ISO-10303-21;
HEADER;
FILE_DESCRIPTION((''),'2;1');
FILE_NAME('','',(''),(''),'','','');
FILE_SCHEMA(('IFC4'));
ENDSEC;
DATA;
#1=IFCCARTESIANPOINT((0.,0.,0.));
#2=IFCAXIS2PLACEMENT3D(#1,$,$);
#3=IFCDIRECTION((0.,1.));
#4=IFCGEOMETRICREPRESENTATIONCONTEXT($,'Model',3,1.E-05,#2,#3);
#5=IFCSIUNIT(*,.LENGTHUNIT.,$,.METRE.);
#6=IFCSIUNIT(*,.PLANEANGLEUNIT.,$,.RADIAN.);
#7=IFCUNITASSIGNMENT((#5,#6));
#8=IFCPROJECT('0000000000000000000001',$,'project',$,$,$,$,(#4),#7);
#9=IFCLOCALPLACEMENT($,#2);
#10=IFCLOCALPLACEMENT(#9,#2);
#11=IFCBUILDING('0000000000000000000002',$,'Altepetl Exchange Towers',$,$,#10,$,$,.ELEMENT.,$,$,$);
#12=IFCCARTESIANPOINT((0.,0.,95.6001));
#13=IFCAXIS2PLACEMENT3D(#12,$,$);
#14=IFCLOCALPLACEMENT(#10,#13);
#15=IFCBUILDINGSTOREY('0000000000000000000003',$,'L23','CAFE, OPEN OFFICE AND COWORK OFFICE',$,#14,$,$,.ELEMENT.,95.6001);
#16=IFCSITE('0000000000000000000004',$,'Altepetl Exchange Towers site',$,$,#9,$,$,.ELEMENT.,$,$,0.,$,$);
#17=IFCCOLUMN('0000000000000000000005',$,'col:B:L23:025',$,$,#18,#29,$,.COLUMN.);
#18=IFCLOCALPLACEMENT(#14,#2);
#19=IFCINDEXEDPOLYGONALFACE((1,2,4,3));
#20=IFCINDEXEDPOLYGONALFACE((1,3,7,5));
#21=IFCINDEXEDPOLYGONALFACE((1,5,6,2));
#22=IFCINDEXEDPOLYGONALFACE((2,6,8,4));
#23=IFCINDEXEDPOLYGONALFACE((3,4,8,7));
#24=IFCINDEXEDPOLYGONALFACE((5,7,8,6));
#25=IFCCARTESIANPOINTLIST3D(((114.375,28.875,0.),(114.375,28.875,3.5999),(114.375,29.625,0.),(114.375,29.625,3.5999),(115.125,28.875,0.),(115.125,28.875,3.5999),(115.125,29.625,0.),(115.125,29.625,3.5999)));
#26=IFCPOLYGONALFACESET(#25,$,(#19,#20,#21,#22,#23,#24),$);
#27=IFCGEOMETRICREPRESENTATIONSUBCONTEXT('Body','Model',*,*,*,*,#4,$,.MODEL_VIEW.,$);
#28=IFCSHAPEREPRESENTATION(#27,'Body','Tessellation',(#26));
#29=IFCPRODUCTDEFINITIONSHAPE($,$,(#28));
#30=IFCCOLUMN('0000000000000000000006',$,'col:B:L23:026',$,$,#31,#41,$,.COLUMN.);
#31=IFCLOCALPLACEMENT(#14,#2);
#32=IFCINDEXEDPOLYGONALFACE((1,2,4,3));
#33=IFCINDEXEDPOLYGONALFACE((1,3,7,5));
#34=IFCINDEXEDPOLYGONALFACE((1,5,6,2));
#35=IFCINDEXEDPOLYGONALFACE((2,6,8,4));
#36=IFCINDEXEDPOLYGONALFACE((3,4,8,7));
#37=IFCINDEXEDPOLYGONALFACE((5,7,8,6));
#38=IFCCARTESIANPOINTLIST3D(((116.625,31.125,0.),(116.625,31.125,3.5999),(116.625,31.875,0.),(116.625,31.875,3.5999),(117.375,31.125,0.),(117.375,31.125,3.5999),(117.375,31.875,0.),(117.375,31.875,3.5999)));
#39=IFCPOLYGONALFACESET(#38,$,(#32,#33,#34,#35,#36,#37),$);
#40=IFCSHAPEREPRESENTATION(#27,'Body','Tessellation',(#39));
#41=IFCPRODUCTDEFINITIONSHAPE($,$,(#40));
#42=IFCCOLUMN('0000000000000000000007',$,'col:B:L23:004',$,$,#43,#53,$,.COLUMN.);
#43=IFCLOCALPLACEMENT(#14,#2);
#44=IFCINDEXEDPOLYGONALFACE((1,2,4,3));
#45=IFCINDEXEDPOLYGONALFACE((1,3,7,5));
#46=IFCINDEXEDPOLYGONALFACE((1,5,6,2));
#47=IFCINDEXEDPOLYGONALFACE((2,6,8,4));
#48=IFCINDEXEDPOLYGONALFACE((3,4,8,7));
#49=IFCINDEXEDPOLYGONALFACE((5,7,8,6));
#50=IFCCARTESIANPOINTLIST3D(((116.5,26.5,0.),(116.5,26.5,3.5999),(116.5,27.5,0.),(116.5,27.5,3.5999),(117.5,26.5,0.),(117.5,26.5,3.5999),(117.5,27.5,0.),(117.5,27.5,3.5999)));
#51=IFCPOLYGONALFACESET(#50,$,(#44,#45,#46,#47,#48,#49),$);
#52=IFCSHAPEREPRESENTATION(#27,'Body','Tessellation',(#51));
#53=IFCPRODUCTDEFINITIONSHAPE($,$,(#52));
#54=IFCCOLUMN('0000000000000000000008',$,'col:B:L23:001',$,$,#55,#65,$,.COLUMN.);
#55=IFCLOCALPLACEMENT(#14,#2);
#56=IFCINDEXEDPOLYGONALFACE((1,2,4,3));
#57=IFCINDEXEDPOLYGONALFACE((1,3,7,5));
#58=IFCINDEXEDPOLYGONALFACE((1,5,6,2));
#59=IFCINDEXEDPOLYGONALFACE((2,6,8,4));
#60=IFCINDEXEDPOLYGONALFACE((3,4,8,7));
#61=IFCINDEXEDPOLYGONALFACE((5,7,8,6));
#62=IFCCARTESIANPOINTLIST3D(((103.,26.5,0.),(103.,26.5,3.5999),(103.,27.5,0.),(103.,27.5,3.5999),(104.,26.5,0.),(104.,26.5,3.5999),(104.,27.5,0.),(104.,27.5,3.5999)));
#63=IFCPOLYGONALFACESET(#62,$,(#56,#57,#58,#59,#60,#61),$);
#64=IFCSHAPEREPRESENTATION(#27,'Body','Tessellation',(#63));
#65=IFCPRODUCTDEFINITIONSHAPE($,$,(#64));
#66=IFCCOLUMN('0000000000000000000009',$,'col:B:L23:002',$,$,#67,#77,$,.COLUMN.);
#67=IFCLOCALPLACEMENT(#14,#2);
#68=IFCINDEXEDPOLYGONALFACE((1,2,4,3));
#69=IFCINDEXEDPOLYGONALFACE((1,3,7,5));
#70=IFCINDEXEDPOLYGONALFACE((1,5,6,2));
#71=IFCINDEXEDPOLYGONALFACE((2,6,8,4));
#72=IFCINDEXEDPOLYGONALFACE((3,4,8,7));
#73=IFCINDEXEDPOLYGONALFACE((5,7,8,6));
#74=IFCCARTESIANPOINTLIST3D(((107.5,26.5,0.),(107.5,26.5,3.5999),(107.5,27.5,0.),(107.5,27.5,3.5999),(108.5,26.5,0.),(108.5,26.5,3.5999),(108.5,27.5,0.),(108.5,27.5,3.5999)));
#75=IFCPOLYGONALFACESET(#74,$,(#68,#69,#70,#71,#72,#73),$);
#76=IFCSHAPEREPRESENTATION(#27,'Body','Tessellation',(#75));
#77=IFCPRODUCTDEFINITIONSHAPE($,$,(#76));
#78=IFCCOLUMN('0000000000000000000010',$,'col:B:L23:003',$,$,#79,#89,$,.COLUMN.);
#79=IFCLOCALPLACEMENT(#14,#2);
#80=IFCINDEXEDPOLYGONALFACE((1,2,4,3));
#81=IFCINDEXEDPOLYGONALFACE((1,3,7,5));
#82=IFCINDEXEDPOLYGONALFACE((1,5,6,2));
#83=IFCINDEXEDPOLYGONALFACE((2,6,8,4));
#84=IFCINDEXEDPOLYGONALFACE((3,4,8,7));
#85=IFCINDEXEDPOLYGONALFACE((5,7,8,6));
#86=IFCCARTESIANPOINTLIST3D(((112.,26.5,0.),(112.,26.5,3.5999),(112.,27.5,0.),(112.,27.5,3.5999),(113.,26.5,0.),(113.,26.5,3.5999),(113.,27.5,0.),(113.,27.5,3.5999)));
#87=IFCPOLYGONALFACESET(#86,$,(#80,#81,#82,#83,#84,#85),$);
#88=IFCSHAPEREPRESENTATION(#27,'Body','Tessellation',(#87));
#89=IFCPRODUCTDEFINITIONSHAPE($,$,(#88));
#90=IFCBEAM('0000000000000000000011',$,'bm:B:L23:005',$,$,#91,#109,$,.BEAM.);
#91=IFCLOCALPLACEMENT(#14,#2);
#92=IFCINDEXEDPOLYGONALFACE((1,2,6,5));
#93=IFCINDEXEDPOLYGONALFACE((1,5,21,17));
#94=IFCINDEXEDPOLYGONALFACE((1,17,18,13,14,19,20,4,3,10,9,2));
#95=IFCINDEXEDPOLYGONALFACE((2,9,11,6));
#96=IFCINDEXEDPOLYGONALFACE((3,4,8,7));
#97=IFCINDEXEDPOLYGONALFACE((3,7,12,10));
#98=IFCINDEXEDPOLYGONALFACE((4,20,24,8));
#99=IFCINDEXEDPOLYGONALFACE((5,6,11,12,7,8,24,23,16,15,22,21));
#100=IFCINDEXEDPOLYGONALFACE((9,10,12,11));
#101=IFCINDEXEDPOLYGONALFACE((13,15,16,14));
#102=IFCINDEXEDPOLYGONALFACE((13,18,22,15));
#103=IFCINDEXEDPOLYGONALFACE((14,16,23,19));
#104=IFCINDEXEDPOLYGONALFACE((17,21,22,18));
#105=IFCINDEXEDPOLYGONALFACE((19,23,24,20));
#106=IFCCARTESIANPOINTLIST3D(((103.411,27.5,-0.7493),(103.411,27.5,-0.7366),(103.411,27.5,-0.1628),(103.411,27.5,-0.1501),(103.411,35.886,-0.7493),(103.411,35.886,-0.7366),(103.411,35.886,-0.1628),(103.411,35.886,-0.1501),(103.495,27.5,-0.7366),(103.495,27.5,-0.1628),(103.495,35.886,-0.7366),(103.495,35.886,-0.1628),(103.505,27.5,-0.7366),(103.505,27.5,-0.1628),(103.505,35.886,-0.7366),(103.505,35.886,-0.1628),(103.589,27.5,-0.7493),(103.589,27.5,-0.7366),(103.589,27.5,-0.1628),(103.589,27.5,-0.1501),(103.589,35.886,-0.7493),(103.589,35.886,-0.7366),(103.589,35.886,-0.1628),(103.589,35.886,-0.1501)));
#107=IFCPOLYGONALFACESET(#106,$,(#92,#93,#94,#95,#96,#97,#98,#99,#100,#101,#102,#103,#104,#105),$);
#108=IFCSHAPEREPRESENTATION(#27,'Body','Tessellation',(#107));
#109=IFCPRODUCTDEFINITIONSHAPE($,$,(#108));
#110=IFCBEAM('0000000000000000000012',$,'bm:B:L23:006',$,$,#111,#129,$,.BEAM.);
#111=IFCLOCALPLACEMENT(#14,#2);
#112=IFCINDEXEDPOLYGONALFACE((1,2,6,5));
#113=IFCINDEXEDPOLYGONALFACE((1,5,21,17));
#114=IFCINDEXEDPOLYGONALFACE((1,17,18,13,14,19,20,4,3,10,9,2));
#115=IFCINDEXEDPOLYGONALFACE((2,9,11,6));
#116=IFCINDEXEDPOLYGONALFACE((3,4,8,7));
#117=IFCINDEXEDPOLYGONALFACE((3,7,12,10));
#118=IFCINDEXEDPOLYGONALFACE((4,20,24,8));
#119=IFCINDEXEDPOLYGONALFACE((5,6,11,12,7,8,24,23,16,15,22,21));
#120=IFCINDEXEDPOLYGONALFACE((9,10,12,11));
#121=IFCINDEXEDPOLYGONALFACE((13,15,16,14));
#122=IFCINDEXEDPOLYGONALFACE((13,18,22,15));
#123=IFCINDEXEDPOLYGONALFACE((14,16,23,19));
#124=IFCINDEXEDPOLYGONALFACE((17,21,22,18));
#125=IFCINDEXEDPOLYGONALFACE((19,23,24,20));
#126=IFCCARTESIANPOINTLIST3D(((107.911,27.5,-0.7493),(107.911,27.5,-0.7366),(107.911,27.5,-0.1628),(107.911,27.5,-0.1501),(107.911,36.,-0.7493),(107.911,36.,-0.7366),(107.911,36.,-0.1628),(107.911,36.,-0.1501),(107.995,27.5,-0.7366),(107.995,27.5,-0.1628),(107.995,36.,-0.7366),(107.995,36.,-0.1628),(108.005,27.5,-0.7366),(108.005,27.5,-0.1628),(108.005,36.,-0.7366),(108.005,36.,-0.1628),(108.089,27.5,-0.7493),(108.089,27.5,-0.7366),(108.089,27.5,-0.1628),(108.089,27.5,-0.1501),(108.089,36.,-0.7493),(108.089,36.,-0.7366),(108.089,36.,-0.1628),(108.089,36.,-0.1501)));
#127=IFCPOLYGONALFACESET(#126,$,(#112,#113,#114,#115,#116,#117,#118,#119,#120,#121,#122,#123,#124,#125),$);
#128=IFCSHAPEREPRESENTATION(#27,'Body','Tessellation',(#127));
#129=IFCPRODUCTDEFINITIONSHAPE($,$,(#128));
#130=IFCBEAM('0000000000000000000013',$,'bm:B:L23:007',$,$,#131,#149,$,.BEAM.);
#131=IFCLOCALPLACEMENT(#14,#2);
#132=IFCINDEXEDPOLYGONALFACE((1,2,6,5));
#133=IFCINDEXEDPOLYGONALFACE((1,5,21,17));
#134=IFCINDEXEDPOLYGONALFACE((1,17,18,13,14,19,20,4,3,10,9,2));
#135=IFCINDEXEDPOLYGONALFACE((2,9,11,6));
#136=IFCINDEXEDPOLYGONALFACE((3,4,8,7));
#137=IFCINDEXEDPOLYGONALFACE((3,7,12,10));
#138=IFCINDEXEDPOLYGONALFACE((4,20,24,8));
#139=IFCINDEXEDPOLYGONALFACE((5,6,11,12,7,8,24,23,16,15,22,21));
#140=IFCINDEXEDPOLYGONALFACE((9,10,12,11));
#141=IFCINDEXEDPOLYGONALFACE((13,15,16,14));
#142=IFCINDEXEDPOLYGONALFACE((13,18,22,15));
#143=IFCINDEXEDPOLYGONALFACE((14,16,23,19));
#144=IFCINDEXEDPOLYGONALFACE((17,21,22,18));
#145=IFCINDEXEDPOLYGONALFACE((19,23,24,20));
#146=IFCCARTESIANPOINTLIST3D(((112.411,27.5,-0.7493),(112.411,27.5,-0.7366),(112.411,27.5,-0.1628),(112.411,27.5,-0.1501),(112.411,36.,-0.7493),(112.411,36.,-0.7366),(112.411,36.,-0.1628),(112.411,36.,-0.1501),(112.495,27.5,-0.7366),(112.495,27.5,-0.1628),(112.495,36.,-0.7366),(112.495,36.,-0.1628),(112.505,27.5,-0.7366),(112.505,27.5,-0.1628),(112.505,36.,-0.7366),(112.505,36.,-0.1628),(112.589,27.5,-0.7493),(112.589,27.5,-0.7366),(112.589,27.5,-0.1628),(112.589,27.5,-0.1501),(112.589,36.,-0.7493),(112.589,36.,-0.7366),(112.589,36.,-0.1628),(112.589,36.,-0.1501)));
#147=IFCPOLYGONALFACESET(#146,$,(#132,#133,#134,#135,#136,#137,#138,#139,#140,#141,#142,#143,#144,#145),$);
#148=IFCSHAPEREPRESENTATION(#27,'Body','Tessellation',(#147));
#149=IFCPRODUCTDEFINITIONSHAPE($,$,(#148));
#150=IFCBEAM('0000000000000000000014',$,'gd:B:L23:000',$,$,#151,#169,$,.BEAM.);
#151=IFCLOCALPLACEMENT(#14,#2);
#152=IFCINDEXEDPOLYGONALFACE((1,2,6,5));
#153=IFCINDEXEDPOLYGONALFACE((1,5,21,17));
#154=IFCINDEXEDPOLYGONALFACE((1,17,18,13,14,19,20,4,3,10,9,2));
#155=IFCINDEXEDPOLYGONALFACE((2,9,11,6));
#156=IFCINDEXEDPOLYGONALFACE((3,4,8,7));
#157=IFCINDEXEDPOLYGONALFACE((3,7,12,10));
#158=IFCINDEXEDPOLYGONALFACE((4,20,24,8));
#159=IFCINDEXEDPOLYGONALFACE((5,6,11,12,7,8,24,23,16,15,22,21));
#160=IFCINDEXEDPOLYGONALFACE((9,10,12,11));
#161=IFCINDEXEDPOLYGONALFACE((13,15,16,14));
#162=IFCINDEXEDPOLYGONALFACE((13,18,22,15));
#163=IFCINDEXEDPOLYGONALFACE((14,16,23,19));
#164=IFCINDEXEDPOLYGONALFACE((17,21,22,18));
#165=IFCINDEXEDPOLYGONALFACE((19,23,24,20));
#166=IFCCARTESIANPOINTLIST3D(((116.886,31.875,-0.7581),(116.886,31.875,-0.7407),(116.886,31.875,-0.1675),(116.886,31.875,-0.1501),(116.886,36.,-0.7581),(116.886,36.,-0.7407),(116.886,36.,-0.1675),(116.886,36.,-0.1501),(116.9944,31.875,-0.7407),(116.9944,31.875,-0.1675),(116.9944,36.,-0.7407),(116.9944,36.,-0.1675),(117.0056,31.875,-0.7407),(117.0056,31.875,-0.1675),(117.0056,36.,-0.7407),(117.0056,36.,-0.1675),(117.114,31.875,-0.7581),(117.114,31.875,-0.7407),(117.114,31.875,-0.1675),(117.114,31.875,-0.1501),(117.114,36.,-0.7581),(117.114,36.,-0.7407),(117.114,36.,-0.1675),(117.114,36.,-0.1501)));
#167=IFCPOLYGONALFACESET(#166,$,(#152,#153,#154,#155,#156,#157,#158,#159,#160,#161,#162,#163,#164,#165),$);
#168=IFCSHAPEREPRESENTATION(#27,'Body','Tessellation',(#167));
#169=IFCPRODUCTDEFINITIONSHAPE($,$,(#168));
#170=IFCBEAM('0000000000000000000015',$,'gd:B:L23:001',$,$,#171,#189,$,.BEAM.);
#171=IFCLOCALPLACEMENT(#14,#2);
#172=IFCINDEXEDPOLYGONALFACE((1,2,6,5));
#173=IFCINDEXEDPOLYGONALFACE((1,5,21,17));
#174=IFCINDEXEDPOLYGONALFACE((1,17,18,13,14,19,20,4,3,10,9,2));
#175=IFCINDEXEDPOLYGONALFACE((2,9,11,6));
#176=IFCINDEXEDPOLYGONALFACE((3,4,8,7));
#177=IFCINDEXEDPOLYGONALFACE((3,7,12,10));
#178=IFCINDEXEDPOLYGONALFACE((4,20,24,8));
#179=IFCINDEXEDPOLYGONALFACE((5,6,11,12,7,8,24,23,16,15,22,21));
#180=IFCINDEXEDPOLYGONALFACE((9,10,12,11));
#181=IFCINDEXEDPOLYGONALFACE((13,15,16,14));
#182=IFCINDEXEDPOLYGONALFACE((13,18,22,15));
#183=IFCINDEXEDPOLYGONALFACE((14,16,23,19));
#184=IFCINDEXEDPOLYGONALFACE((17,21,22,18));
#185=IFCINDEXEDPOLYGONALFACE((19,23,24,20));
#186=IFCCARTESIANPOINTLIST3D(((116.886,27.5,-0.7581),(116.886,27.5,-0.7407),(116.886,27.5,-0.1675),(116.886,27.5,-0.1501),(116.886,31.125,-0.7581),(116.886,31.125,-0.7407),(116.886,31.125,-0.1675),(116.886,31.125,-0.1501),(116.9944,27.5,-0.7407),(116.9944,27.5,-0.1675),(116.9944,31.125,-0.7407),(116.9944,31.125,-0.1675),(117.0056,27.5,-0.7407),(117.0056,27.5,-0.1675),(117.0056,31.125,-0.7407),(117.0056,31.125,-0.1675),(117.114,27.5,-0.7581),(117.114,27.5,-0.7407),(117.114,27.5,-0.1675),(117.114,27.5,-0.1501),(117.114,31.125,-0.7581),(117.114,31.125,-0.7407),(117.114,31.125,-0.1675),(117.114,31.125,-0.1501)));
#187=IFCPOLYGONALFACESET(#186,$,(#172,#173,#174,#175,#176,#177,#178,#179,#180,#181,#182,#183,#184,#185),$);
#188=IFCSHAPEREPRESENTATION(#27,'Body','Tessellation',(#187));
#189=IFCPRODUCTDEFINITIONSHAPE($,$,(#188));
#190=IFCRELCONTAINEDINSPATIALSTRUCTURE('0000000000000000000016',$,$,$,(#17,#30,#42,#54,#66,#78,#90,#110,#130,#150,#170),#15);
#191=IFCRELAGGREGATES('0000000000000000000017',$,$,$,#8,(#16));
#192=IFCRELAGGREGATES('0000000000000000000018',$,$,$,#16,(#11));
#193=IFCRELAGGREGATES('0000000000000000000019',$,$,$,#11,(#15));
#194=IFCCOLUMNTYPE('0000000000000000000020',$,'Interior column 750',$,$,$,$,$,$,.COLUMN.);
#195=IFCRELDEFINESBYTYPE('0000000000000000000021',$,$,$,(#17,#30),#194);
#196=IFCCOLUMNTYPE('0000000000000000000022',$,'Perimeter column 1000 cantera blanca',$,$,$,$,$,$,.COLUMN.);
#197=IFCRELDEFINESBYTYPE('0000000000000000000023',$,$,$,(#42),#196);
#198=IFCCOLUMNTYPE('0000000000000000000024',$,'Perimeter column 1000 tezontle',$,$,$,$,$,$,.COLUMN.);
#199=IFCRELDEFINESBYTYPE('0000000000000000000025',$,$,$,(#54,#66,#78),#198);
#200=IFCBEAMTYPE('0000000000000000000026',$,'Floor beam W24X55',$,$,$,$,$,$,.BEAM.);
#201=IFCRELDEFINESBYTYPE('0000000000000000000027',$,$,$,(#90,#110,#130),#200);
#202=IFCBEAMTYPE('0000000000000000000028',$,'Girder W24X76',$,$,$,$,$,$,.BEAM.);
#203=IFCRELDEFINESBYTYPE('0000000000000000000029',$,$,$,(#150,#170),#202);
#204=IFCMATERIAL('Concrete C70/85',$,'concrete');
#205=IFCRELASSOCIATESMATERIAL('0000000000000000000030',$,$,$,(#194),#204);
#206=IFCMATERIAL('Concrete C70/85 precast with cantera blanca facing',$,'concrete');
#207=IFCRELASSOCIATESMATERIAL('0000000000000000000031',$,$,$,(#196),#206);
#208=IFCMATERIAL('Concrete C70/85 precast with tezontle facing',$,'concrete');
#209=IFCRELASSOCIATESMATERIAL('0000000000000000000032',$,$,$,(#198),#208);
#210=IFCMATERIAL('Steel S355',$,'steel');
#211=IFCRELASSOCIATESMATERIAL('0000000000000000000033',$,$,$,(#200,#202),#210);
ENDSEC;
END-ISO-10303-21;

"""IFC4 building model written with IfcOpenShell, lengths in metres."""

from ifc_helpers import new_model, si_unit, direction, frame, origin, origin_2d, place, context, subcontext, project, spatial, rectangle, i_section, extrude, material, material_profile, profile_set, type_object, element, save


model = new_model("IFC4")

# Units and contexts
model_context = context("Model", 3, precision=1e-05, world=origin(), true_north=direction((0.0, 1.0)))
body_context = subcontext(model_context, "Body", "Model", "MODEL_VIEW")
ifc_project = project(units=[si_unit("LENGTHUNIT", "METRE"), si_unit("PLANEANGLEUNIT", "RADIAN")], contexts=[model_context])

# Site, building, storey
site_placement = place(None, origin())
site = spatial("IfcSite", under=ifc_project, at=site_placement, Name="Altepetl Exchange Towers site", CompositionType="ELEMENT", RefElevation=0.0)
building_placement = place(site_placement, origin())
building = spatial("IfcBuilding", under=site, at=building_placement, Name="Altepetl Exchange Towers", CompositionType="ELEMENT")
storey_placement = place(building_placement, frame((0.0, 0.0, 95.6001)))
storey = spatial("IfcBuildingStorey", under=building, at=storey_placement, Name="L23", Description="CAFE, OPEN OFFICE AND COWORK OFFICE", CompositionType="ELEMENT", Elevation=95.6001)

# Columns
ifc_material_1 = material(Name="Concrete C70/85", Category="concrete")
ifc_material_profile_1 = material_profile(ifc_material_1, rectangle(XDim=0.75, YDim=0.75, at=origin_2d()), Name="750 x 750")
ifc_profile_set_1 = profile_set([ifc_material_profile_1], Name="Concrete C70/85")
column_type_1 = type_object("IfcColumnType", Name="Interior column 750", PredefinedType="COLUMN", material=ifc_profile_set_1)
for number, where, name in (
    (1, (114.75, 29.25, 0.0), "col:B:L23:025"),
    (2, (117.0, 31.5, 0.0), "col:B:L23:026"),
):
    element("IfcColumn", number, at=place(storey_placement, frame(where)), inside=storey, type_object=column_type_1, Name=name, PredefinedType="COLUMN", context=body_context, shape_type="SweptSolid", body=[
        extrude(rectangle(XDim=0.75, YDim=0.75, at=origin_2d()), origin(), (0.0, 0.0, 1.0), 3.5999),
    ])
ifc_material_2 = material(Name="Concrete C70/85 precast with cantera blanca facing", Category="concrete")
ifc_material_profile_2 = material_profile(ifc_material_2, rectangle(XDim=1.0, YDim=1.0, at=origin_2d()), Name="1000 x 1000")
ifc_profile_set_2 = profile_set([ifc_material_profile_2], Name="Concrete C70/85 precast with cantera blanca facing")
column_type_2 = type_object("IfcColumnType", Name="Perimeter column 1000 cantera blanca", PredefinedType="COLUMN", material=ifc_profile_set_2)
column_placement = place(storey_placement, frame((117.0, 27.0, 0.0)))
element("IfcColumn", 3, at=column_placement, inside=storey, type_object=column_type_2, Name="col:B:L23:004", PredefinedType="COLUMN", context=body_context, shape_type="SweptSolid", body=[
    extrude(rectangle(XDim=1.0, YDim=1.0, at=origin_2d()), origin(), (0.0, 0.0, 1.0), 3.5999),
])
ifc_material_3 = material(Name="Concrete C70/85 precast with tezontle facing", Category="concrete")
ifc_material_profile_3 = material_profile(ifc_material_3, rectangle(XDim=1.0, YDim=1.0, at=origin_2d()), Name="1000 x 1000")
ifc_profile_set_3 = profile_set([ifc_material_profile_3], Name="Concrete C70/85 precast with tezontle facing")
column_type_3 = type_object("IfcColumnType", Name="Perimeter column 1000 tezontle", PredefinedType="COLUMN", material=ifc_profile_set_3)
for number, where, name in (
    (4, (103.5, 27.0, 0.0), "col:B:L23:001"),
    (5, (108.0, 27.0, 0.0), "col:B:L23:002"),
    (6, (112.5, 27.0, 0.0), "col:B:L23:003"),
):
    element("IfcColumn", number, at=place(storey_placement, frame(where)), inside=storey, type_object=column_type_3, Name=name, PredefinedType="COLUMN", context=body_context, shape_type="SweptSolid", body=[
        extrude(rectangle(XDim=1.0, YDim=1.0, at=origin_2d()), origin(), (0.0, 0.0, 1.0), 3.5999),
    ])

# Beams
ifc_material_4 = material(Name="Steel S355", Category="steel")
ifc_material_profile_4 = material_profile(ifc_material_4, i_section(OverallWidth=0.178, OverallDepth=0.5991, WebThickness=0.01, FlangeThickness=0.0127, at=origin_2d()), Name="W24X55")
ifc_profile_set_4 = profile_set([ifc_material_profile_4], Name="Steel S355")
beam_type_1 = type_object("IfcBeamType", Name="Floor beam W24X55", PredefinedType="BEAM", material=ifc_profile_set_4)
beam_1_placement = place(storey_placement, frame((103.5, 27.5, -0.4497), z_axis=(0.0, 1.0, 0.0), x_axis=(-1.0, 0.0, 0.0)))
element("IfcBeam", 7, at=beam_1_placement, inside=storey, type_object=beam_type_1, Name="bm:B:L23:005", PredefinedType="BEAM", context=body_context, shape_type="SweptSolid", body=[
    extrude(i_section(OverallWidth=0.178, OverallDepth=0.5991, WebThickness=0.01, FlangeThickness=0.0127, at=origin_2d()), origin(), (0.0, 0.0, 1.0), 8.386),
])
for number, where, z_axis, x_axis, name in (
    (8, (108.0, 27.5, -0.4497), (0.0, 1.0, 0.0), (-1.0, 0.0, 0.0), "bm:B:L23:006"),
    (9, (112.5, 27.5, -0.4497), (0.0, 1.0, 0.0), (-1.0, 0.0, 0.0), "bm:B:L23:007"),
):
    element("IfcBeam", number, at=place(storey_placement, frame(where, z_axis=z_axis, x_axis=x_axis)), inside=storey, type_object=beam_type_1, Name=name, PredefinedType="BEAM", context=body_context, shape_type="SweptSolid", body=[
        extrude(i_section(OverallWidth=0.178, OverallDepth=0.5991, WebThickness=0.01, FlangeThickness=0.0127, at=origin_2d()), origin(), (0.0, 0.0, 1.0), 8.5),
    ])
ifc_material_profile_5 = material_profile(ifc_material_4, i_section(OverallWidth=0.228, OverallDepth=0.6079, WebThickness=0.0112, FlangeThickness=0.0173, at=origin_2d()), Name="W24X76")
ifc_profile_set_5 = profile_set([ifc_material_profile_5], Name="Steel S355")
beam_type_2 = type_object("IfcBeamType", Name="Girder W24X76", PredefinedType="BEAM", material=ifc_profile_set_5)
beam_2_placement = place(storey_placement, frame((117.0, 36.0, -0.4541), z_axis=(0.0, -1.0, 0.0), x_axis=(1.0, 0.0, 0.0)))
element("IfcBeam", 10, at=beam_2_placement, inside=storey, type_object=beam_type_2, Name="gd:B:L23:000", PredefinedType="BEAM", context=body_context, shape_type="SweptSolid", body=[
    extrude(i_section(OverallWidth=0.228, OverallDepth=0.6079, WebThickness=0.0112, FlangeThickness=0.0173, at=origin_2d()), origin(), (0.0, 0.0, 1.0), 4.125),
])
beam_3_placement = place(storey_placement, frame((117.0, 31.125, -0.4541), z_axis=(0.0, -1.0, 0.0), x_axis=(1.0, 0.0, 0.0)))
element("IfcBeam", 11, at=beam_3_placement, inside=storey, type_object=beam_type_2, Name="gd:B:L23:001", PredefinedType="BEAM", context=body_context, shape_type="SweptSolid", body=[
    extrude(i_section(OverallWidth=0.228, OverallDepth=0.6079, WebThickness=0.0112, FlangeThickness=0.0173, at=origin_2d()), origin(), (0.0, 0.0, 1.0), 3.625),
])

save(model, "model.ifc")
